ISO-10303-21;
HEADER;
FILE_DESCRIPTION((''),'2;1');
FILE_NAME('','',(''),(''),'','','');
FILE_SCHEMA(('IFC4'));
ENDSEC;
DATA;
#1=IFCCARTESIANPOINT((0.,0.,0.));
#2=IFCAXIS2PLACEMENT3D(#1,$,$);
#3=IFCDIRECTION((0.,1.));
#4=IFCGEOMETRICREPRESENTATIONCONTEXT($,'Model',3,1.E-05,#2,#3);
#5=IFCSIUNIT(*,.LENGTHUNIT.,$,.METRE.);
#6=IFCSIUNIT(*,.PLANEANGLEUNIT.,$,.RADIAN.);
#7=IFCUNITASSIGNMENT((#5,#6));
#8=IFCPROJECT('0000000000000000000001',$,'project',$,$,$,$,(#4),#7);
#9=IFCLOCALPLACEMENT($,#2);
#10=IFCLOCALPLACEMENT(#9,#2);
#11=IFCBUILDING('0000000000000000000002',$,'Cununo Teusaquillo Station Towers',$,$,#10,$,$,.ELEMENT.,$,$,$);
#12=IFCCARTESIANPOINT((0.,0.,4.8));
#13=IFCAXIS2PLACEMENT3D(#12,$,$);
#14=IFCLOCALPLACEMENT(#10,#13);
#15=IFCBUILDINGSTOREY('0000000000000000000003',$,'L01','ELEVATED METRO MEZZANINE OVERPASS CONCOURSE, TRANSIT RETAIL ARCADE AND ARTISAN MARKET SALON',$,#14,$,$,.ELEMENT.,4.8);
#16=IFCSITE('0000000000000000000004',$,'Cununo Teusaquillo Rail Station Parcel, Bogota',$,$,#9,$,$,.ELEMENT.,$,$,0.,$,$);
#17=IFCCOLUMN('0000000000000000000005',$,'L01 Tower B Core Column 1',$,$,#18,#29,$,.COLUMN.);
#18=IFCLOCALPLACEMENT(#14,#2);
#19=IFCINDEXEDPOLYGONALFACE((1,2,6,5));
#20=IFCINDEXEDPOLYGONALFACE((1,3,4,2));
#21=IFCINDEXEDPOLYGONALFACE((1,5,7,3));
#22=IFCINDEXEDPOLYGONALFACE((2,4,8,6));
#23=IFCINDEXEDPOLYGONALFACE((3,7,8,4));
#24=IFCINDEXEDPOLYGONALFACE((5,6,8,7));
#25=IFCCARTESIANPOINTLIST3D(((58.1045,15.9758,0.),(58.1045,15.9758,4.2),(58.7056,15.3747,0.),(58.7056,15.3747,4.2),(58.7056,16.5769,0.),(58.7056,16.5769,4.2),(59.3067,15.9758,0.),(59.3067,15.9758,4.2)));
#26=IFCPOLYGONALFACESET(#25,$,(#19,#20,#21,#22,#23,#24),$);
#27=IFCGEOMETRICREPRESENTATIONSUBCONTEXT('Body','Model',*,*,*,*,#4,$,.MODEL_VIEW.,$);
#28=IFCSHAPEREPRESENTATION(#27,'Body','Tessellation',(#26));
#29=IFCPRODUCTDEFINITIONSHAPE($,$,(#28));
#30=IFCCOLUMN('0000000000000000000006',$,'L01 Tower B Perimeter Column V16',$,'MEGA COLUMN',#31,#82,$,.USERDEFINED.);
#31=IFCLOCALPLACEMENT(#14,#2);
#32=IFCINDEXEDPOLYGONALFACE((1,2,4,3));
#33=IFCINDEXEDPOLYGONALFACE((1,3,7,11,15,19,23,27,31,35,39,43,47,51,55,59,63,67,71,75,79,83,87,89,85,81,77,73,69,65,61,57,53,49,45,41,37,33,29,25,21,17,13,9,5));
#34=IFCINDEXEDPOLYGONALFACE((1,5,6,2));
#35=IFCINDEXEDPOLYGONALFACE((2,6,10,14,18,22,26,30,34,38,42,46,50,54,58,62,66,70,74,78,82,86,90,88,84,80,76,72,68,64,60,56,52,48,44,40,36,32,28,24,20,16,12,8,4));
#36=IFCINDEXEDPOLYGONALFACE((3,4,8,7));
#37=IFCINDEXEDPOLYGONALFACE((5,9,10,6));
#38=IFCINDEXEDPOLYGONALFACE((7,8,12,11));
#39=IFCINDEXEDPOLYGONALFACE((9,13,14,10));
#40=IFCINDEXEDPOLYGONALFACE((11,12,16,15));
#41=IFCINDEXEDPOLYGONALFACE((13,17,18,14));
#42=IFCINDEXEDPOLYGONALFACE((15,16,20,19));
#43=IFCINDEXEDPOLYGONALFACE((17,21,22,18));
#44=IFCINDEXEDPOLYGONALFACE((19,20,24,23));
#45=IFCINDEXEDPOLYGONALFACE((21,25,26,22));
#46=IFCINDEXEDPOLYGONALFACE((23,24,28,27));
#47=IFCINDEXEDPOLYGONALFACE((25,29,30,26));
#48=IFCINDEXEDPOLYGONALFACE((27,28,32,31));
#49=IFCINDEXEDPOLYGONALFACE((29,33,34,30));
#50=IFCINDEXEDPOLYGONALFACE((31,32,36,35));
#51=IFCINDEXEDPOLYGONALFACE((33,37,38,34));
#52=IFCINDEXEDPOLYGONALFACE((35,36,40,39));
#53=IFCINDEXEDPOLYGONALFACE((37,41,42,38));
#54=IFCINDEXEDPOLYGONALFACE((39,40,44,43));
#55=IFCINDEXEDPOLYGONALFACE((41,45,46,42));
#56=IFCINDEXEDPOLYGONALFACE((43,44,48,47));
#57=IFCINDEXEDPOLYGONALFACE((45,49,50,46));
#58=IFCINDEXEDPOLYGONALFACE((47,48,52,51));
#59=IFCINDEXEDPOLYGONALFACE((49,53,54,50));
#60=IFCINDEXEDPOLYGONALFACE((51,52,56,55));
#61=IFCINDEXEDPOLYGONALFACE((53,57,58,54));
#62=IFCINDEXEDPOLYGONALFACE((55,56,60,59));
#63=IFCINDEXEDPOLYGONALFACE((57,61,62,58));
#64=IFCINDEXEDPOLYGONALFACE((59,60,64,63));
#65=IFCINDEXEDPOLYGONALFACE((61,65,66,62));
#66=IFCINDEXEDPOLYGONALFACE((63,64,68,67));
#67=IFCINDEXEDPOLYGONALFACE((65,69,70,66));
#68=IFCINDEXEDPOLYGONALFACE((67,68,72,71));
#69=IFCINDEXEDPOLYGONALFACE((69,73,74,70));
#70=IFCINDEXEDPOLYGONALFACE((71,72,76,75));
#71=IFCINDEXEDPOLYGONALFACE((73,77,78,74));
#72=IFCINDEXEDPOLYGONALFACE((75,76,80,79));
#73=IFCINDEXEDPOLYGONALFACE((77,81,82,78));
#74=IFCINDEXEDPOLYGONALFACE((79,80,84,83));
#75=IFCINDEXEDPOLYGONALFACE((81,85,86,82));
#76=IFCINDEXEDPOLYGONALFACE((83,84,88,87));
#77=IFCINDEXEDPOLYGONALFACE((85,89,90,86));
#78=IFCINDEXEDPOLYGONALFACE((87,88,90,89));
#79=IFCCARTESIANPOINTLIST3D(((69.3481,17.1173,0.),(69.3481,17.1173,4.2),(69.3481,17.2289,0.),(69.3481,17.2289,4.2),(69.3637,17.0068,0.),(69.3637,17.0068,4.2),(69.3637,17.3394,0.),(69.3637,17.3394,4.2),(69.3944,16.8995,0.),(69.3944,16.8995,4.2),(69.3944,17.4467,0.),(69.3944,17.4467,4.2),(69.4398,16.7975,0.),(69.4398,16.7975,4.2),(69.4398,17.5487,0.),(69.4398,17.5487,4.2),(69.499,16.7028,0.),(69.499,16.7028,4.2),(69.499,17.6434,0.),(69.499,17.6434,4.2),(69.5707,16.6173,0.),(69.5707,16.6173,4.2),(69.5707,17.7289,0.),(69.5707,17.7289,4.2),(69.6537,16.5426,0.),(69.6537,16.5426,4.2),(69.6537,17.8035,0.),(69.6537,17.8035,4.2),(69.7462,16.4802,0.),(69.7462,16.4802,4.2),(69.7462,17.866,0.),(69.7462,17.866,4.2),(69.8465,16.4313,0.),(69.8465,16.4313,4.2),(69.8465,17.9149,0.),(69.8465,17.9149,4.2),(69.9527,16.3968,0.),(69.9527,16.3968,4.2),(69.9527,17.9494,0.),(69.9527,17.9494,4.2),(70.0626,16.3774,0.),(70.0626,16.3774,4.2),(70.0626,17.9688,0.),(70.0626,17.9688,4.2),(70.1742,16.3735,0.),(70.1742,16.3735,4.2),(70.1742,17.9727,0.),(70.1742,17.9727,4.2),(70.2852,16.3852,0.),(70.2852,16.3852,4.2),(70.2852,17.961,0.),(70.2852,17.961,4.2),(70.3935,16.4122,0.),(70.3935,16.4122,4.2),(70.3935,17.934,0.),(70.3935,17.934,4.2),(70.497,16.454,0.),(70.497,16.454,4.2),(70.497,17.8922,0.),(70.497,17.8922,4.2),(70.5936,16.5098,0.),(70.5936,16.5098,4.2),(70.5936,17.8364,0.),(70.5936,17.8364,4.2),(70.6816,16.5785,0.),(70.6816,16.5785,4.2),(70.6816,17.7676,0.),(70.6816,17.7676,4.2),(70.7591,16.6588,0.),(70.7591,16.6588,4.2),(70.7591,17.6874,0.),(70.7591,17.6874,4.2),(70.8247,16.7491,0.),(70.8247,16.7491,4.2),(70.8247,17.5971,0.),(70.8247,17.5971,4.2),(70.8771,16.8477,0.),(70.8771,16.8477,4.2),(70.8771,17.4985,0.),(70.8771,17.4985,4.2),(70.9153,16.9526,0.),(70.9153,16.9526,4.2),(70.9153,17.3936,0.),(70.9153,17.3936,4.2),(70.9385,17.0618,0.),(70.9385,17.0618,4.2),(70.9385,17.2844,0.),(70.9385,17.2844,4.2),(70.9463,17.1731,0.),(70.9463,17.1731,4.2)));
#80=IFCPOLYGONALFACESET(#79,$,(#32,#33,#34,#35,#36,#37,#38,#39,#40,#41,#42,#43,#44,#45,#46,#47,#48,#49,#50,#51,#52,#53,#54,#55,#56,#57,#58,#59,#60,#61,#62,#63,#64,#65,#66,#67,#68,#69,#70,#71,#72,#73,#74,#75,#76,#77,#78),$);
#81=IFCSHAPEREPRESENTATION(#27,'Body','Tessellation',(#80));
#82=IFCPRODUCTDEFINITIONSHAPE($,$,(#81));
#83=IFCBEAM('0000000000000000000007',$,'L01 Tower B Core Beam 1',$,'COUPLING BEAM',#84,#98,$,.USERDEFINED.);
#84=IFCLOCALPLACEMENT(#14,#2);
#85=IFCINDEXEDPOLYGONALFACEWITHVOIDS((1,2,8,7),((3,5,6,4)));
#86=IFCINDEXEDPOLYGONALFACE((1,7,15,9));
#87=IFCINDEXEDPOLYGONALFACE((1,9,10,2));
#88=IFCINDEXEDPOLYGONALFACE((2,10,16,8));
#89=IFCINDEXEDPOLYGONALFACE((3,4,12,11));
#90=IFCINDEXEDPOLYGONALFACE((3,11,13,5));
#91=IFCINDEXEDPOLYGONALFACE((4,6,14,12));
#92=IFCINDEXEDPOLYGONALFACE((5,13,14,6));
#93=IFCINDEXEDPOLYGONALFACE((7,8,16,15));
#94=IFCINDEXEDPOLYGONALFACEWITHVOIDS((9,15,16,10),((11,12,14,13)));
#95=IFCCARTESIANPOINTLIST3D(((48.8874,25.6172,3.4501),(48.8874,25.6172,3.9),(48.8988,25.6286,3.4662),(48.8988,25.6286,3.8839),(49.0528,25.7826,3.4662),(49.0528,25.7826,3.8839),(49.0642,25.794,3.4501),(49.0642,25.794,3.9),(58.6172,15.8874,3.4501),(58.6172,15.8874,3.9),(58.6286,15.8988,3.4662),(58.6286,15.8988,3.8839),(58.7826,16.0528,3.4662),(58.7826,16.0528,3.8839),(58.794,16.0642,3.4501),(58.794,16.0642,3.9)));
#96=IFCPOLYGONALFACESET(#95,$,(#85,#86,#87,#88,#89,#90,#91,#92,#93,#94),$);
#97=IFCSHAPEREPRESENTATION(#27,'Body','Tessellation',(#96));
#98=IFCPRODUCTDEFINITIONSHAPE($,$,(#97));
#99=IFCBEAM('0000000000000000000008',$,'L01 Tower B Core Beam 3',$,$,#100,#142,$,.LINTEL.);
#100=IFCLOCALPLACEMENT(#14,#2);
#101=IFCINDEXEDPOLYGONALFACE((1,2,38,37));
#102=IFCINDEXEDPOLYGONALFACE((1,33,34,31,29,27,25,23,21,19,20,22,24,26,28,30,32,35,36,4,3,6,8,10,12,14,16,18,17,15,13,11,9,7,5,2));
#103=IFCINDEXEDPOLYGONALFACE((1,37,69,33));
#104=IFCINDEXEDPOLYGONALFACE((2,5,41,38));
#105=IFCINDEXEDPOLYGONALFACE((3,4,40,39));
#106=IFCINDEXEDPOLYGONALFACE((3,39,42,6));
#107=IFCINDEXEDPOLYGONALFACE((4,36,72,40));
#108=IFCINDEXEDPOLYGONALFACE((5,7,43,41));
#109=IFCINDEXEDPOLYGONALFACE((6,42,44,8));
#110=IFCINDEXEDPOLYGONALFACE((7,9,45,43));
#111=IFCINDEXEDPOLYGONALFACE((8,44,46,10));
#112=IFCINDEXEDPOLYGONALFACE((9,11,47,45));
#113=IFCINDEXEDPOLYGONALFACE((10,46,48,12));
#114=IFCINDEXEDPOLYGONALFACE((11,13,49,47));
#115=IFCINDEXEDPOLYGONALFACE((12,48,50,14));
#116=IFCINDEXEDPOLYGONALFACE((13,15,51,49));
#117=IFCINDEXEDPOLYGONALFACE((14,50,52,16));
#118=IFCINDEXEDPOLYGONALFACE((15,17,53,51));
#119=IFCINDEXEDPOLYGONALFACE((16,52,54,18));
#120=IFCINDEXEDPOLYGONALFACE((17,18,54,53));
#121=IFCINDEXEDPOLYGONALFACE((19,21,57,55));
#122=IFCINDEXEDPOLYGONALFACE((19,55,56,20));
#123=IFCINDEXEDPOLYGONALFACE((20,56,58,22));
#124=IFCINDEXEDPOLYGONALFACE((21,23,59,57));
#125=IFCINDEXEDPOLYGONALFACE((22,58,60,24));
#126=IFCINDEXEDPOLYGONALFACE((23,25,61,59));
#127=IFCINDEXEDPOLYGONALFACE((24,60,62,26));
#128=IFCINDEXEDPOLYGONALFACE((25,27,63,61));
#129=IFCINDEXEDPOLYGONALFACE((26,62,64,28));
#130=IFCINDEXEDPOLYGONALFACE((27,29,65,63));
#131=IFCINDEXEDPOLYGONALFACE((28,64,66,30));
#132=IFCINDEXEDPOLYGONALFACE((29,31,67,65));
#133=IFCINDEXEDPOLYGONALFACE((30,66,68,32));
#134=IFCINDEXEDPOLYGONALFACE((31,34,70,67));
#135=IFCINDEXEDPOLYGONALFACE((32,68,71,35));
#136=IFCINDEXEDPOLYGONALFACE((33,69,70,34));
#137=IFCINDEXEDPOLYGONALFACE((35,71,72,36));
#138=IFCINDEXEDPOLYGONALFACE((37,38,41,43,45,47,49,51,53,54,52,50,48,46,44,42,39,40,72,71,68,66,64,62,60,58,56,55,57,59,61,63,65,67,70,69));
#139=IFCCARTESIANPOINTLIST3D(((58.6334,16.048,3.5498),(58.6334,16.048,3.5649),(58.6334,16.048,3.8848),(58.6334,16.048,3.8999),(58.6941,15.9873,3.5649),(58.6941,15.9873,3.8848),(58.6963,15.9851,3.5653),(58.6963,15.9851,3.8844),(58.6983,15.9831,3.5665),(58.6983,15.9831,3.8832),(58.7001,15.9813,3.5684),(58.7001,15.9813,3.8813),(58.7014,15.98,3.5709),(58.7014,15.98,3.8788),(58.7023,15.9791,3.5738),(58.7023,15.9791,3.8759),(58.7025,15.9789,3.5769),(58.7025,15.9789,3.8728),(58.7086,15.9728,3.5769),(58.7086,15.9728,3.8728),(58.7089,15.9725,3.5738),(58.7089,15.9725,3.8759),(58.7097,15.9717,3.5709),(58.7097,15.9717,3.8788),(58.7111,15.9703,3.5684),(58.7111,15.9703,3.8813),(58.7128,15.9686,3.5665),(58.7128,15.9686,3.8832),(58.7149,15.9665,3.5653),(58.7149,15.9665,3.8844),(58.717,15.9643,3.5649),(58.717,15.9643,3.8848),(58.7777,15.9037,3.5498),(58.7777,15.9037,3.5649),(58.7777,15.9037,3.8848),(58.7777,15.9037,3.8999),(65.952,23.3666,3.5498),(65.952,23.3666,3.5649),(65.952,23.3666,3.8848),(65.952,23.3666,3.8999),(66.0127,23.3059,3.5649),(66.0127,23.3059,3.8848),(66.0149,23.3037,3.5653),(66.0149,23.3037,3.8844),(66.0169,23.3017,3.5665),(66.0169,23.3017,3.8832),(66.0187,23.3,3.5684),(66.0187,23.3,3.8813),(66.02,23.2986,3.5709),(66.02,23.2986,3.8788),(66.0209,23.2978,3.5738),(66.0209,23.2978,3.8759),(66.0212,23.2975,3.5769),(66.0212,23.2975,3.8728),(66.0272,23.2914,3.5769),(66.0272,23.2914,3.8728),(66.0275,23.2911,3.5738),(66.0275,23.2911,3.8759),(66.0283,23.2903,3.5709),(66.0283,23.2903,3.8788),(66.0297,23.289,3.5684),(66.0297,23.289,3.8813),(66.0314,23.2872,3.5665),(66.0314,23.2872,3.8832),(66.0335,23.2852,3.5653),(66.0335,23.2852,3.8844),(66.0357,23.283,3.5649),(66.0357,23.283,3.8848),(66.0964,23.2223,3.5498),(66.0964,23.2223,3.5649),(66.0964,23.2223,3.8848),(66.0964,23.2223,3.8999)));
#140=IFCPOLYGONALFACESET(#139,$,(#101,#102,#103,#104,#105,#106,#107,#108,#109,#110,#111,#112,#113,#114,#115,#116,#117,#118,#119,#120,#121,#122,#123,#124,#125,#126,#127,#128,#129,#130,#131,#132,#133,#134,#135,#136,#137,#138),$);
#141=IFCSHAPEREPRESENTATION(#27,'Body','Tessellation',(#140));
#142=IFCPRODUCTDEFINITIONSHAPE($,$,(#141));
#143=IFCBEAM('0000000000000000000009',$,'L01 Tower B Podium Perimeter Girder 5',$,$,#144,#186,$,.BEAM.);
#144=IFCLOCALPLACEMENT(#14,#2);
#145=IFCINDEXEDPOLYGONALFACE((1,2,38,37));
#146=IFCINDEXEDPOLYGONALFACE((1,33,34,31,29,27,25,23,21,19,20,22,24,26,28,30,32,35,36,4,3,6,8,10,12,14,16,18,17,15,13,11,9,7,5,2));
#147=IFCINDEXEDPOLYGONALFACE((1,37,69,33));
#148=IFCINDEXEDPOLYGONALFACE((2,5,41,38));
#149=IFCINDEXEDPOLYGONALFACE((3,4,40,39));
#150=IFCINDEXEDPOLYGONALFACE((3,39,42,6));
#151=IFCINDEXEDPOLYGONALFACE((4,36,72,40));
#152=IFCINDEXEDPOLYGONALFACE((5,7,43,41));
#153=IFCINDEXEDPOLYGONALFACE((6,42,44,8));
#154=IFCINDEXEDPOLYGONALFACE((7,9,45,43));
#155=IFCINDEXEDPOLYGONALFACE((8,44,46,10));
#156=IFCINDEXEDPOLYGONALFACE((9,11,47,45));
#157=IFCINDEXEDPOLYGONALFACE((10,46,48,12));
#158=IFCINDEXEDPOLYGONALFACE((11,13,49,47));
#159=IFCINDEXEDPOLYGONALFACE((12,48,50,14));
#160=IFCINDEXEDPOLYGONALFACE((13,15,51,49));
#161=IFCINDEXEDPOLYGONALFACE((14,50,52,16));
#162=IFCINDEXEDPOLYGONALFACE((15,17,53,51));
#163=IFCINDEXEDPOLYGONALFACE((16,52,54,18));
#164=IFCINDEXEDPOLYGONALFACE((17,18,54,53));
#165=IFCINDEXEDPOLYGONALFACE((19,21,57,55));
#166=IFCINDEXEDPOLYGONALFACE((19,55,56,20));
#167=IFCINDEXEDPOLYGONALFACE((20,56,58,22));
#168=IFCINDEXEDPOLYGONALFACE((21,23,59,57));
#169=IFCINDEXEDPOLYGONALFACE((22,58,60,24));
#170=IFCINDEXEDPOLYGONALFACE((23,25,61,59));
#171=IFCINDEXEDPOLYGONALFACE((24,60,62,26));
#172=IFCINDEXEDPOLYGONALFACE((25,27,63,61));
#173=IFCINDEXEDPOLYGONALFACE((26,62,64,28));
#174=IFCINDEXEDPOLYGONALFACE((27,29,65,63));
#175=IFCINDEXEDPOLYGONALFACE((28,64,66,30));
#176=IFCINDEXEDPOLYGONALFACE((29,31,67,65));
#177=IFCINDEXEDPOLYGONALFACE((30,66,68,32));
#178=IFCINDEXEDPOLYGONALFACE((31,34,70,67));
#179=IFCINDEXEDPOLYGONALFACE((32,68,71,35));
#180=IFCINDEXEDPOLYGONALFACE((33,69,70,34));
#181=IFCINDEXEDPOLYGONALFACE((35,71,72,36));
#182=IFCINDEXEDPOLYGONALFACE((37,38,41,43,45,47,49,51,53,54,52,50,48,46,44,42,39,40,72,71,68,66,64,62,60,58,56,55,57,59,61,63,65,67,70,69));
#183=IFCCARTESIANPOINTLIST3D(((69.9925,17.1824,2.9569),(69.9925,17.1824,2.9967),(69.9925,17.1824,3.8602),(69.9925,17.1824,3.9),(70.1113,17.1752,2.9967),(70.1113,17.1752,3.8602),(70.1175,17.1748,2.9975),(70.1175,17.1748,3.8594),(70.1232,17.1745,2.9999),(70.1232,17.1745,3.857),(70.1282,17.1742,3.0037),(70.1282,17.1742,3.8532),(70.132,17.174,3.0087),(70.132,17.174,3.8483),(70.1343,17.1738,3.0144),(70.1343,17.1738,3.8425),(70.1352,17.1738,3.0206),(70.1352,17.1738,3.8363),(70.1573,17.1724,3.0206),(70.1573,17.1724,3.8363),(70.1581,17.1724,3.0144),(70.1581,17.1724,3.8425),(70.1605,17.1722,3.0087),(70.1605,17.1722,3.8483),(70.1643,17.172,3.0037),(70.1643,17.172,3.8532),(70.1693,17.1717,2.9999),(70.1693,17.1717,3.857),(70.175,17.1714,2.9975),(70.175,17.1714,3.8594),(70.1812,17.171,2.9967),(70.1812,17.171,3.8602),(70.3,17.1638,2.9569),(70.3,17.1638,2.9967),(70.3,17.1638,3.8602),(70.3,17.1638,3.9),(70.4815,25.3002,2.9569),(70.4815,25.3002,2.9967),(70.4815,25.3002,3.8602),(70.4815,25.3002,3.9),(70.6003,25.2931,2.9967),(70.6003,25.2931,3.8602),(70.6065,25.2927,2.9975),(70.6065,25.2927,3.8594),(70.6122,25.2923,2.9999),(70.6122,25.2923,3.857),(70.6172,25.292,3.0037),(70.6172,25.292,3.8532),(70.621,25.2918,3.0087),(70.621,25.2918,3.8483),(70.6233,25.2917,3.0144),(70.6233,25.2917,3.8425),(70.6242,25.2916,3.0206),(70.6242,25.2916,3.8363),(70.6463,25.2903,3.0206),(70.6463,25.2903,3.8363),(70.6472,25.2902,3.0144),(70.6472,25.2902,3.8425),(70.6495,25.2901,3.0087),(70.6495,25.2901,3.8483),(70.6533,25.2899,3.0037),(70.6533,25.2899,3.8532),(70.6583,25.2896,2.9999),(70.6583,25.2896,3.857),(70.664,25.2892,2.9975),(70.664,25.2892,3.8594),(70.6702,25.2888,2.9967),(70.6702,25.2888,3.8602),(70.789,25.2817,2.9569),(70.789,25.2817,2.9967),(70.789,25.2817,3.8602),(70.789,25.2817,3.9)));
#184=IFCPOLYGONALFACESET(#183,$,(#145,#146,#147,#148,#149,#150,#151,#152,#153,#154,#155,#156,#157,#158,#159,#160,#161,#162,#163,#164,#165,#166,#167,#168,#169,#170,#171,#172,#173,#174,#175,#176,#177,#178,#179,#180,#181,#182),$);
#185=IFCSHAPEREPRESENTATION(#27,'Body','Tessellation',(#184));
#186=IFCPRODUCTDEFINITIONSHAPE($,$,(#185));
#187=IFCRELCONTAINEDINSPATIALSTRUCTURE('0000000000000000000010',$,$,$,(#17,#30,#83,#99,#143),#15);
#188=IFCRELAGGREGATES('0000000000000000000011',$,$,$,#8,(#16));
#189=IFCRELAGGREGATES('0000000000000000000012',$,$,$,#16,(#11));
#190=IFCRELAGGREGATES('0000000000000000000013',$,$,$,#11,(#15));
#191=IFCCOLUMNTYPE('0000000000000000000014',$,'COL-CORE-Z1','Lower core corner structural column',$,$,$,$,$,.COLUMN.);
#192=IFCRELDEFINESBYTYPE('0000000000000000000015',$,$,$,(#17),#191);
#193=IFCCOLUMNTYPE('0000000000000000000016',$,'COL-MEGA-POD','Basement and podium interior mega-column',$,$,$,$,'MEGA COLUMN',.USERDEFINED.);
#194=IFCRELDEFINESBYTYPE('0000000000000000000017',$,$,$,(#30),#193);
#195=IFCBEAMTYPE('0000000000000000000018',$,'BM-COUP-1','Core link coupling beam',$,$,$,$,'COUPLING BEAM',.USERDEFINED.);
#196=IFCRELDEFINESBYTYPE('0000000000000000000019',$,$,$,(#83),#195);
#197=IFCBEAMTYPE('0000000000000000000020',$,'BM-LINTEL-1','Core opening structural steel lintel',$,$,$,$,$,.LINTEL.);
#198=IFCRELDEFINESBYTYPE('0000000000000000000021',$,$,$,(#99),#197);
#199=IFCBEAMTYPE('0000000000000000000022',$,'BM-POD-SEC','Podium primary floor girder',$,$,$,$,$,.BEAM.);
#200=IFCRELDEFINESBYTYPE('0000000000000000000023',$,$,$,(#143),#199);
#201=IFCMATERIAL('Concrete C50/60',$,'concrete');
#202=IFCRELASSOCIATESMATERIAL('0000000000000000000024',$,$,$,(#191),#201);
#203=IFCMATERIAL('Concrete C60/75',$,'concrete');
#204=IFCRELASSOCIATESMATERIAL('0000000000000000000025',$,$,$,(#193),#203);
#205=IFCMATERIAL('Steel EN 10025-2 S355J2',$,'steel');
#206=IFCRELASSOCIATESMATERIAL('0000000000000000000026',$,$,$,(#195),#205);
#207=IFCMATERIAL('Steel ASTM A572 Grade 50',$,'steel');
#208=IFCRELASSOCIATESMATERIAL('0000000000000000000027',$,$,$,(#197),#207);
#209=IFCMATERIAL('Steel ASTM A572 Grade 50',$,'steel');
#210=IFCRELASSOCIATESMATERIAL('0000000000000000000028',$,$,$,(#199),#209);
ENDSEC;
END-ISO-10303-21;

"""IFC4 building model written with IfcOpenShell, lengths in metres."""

from ifc_helpers import new_model, si_unit, direction, frame, origin, origin_2d, place, context, subcontext, project, spatial, rectangle, hollow_rectangle, circle, i_section, extrude, material, material_profile, profile_set, type_object, element, save


model = new_model("IFC4")

# Units and contexts
model_context = context("Model", 3, precision=1e-05, world=origin(), true_north=direction((0.0, 1.0)))
body_context = subcontext(model_context, "Body", "Model", "MODEL_VIEW")
ifc_project = project(units=[si_unit("LENGTHUNIT", "METRE"), si_unit("PLANEANGLEUNIT", "RADIAN")], contexts=[model_context])

# Site, building, storey
site_placement = place(None, origin())
site = spatial("IfcSite", under=ifc_project, at=site_placement, Name="Cununo Teusaquillo Rail Station Parcel, Bogota", CompositionType="ELEMENT", RefElevation=0.0)
building_placement = place(site_placement, origin())
building = spatial("IfcBuilding", under=site, at=building_placement, Name="Cununo Teusaquillo Station Towers", CompositionType="ELEMENT")
storey_placement = place(building_placement, frame((0.0, 0.0, 4.8)))
storey = spatial("IfcBuildingStorey", under=building, at=storey_placement, Name="L01", Description="ELEVATED METRO MEZZANINE OVERPASS CONCOURSE, TRANSIT RETAIL ARCADE AND ARTISAN MARKET SALON", CompositionType="ELEMENT", Elevation=4.8)

# Columns
ifc_material_1 = material(Name="Concrete C50/60", Category="concrete")
ifc_material_profile_1 = material_profile(ifc_material_1, rectangle(XDim=0.8501, YDim=0.8501, at=origin_2d()), Name="RC-RECT-850x850")
ifc_profile_set_1 = profile_set([ifc_material_profile_1], Name="Concrete C50/60")
column_type_1 = type_object("IfcColumnType", Name="COL-CORE-Z1", Description="Lower core corner structural column", PredefinedType="COLUMN", material=ifc_profile_set_1)
column_1_placement = place(storey_placement, frame((58.7056, 15.9758, 0.0), z_axis=(0.0, 0.0, 1.0), x_axis=(0.707107, 0.707107, 0.0)))
element("IfcColumn", 1, at=column_1_placement, inside=storey, type_object=column_type_1, Name="L01 Tower B Core Column 1", PredefinedType="COLUMN", context=body_context, shape_type="SweptSolid", body=[
    extrude(rectangle(XDim=0.8501, YDim=0.8501, at=origin_2d()), origin(), (0.0, 0.0, 1.0), 4.2),
])
ifc_material_2 = material(Name="Concrete C60/75", Category="concrete")
ifc_material_profile_2 = material_profile(ifc_material_2, circle(Radius=0.8, at=origin_2d()), Name="RC-CIRC-1600")
ifc_profile_set_2 = profile_set([ifc_material_profile_2], Name="Concrete C60/75")
column_type_2 = type_object("IfcColumnType", Name="COL-MEGA-POD", Description="Basement and podium interior mega-column", ElementType="MEGA COLUMN", PredefinedType="USERDEFINED", material=ifc_profile_set_2)
column_2_placement = place(storey_placement, frame((70.1462, 17.1731, 0.0), z_axis=(0.0, 0.0, 1.0), x_axis=(1.0, 0.0, 0.0)))
element("IfcColumn", 2, at=column_2_placement, inside=storey, type_object=column_type_2, Name="L01 Tower B Perimeter Column V16", ObjectType="MEGA COLUMN", PredefinedType="USERDEFINED", context=body_context, shape_type="SweptSolid", body=[
    extrude(circle(Radius=0.8, at=origin_2d()), origin(), (0.0, 0.0, 1.0), 4.2),
])

# Beams
ifc_material_3 = material(Name="Steel EN 10025-2 S355J2", Category="steel")
ifc_material_profile_3 = material_profile(ifc_material_3, hollow_rectangle(XDim=0.25, YDim=0.45, WallThickness=0.0161, at=origin_2d()), Name="RHS 450x250x16")
ifc_profile_set_3 = profile_set([ifc_material_profile_3], Name="Steel EN 10025-2 S355J2")
beam_type_1 = type_object("IfcBeamType", Name="BM-COUP-1", Description="Core link coupling beam", ElementType="COUPLING BEAM", PredefinedType="USERDEFINED", material=ifc_profile_set_3)
beam_1_placement = place(storey_placement, frame((58.7056, 15.9758, 3.675), z_axis=(-0.707107, 0.707107, 0.0), x_axis=(-0.707107, -0.707107, 0.0)))
element("IfcBeam", 3, at=beam_1_placement, inside=storey, type_object=beam_type_1, Name="L01 Tower B Core Beam 1", ObjectType="COUPLING BEAM", PredefinedType="USERDEFINED", context=body_context, shape_type="SweptSolid", body=[
    extrude(hollow_rectangle(XDim=0.25, YDim=0.45, WallThickness=0.0161, at=origin_2d()), origin(), (0.0, 0.0, 1.0), 13.76),
])
ifc_material_4 = material(Name="Steel ASTM A572 Grade 50", Category="steel")
ifc_material_profile_4 = material_profile(ifc_material_4, i_section(OverallWidth=0.2041, OverallDepth=0.3501, WebThickness=0.0085, FlangeThickness=0.0151, FilletRadius=0.012, at=origin_2d()), Name="W14X48")
ifc_profile_set_4 = profile_set([ifc_material_profile_4], Name="Steel ASTM A572 Grade 50")
beam_type_2 = type_object("IfcBeamType", Name="BM-LINTEL-1", Description="Core opening structural steel lintel", PredefinedType="LINTEL", material=ifc_profile_set_4)
beam_2_placement = place(storey_placement, frame((58.7056, 15.9758, 3.7249), z_axis=(0.707107, 0.707107, 0.0), x_axis=(-0.707107, 0.707107, 0.0)))
element("IfcBeam", 4, at=beam_2_placement, inside=storey, type_object=beam_type_2, Name="L01 Tower B Core Beam 3", PredefinedType="LINTEL", context=body_context, shape_type="SweptSolid", body=[
    extrude(i_section(OverallWidth=0.2041, OverallDepth=0.3501, WebThickness=0.0085, FlangeThickness=0.0151, FilletRadius=0.012, at=origin_2d()), origin(), (0.0, 0.0, 1.0), 10.3501),
])
ifc_material_5 = material(Name="Steel ASTM A572 Grade 50", Category="steel")
ifc_material_profile_5 = material_profile(ifc_material_5, i_section(OverallWidth=0.3081, OverallDepth=0.9431, WebThickness=0.0222, FlangeThickness=0.0398, FilletRadius=0.0239, at=origin_2d()), Name="W36X232")
ifc_profile_set_5 = profile_set([ifc_material_profile_5], Name="Steel ASTM A572 Grade 50")
beam_type_3 = type_object("IfcBeamType", Name="BM-POD-SEC", Description="Podium primary floor girder", PredefinedType="BEAM", material=ifc_profile_set_5)
beam_3_placement = place(storey_placement, frame((70.1462, 17.1731, 3.4285), z_axis=(0.06013, 0.998191, 0.0), x_axis=(-0.998191, 0.06013, 0.0)))
element("IfcBeam", 5, at=beam_3_placement, inside=storey, type_object=beam_type_3, Name="L01 Tower B Podium Perimeter Girder 5", PredefinedType="BEAM", context=body_context, shape_type="SweptSolid", body=[
    extrude(i_section(OverallWidth=0.3081, OverallDepth=0.9431, WebThickness=0.0222, FlangeThickness=0.0398, FilletRadius=0.0239, at=origin_2d()), origin(), (0.0, 0.0, 1.0), 8.1326),
])

save(model, "model.ifc")
